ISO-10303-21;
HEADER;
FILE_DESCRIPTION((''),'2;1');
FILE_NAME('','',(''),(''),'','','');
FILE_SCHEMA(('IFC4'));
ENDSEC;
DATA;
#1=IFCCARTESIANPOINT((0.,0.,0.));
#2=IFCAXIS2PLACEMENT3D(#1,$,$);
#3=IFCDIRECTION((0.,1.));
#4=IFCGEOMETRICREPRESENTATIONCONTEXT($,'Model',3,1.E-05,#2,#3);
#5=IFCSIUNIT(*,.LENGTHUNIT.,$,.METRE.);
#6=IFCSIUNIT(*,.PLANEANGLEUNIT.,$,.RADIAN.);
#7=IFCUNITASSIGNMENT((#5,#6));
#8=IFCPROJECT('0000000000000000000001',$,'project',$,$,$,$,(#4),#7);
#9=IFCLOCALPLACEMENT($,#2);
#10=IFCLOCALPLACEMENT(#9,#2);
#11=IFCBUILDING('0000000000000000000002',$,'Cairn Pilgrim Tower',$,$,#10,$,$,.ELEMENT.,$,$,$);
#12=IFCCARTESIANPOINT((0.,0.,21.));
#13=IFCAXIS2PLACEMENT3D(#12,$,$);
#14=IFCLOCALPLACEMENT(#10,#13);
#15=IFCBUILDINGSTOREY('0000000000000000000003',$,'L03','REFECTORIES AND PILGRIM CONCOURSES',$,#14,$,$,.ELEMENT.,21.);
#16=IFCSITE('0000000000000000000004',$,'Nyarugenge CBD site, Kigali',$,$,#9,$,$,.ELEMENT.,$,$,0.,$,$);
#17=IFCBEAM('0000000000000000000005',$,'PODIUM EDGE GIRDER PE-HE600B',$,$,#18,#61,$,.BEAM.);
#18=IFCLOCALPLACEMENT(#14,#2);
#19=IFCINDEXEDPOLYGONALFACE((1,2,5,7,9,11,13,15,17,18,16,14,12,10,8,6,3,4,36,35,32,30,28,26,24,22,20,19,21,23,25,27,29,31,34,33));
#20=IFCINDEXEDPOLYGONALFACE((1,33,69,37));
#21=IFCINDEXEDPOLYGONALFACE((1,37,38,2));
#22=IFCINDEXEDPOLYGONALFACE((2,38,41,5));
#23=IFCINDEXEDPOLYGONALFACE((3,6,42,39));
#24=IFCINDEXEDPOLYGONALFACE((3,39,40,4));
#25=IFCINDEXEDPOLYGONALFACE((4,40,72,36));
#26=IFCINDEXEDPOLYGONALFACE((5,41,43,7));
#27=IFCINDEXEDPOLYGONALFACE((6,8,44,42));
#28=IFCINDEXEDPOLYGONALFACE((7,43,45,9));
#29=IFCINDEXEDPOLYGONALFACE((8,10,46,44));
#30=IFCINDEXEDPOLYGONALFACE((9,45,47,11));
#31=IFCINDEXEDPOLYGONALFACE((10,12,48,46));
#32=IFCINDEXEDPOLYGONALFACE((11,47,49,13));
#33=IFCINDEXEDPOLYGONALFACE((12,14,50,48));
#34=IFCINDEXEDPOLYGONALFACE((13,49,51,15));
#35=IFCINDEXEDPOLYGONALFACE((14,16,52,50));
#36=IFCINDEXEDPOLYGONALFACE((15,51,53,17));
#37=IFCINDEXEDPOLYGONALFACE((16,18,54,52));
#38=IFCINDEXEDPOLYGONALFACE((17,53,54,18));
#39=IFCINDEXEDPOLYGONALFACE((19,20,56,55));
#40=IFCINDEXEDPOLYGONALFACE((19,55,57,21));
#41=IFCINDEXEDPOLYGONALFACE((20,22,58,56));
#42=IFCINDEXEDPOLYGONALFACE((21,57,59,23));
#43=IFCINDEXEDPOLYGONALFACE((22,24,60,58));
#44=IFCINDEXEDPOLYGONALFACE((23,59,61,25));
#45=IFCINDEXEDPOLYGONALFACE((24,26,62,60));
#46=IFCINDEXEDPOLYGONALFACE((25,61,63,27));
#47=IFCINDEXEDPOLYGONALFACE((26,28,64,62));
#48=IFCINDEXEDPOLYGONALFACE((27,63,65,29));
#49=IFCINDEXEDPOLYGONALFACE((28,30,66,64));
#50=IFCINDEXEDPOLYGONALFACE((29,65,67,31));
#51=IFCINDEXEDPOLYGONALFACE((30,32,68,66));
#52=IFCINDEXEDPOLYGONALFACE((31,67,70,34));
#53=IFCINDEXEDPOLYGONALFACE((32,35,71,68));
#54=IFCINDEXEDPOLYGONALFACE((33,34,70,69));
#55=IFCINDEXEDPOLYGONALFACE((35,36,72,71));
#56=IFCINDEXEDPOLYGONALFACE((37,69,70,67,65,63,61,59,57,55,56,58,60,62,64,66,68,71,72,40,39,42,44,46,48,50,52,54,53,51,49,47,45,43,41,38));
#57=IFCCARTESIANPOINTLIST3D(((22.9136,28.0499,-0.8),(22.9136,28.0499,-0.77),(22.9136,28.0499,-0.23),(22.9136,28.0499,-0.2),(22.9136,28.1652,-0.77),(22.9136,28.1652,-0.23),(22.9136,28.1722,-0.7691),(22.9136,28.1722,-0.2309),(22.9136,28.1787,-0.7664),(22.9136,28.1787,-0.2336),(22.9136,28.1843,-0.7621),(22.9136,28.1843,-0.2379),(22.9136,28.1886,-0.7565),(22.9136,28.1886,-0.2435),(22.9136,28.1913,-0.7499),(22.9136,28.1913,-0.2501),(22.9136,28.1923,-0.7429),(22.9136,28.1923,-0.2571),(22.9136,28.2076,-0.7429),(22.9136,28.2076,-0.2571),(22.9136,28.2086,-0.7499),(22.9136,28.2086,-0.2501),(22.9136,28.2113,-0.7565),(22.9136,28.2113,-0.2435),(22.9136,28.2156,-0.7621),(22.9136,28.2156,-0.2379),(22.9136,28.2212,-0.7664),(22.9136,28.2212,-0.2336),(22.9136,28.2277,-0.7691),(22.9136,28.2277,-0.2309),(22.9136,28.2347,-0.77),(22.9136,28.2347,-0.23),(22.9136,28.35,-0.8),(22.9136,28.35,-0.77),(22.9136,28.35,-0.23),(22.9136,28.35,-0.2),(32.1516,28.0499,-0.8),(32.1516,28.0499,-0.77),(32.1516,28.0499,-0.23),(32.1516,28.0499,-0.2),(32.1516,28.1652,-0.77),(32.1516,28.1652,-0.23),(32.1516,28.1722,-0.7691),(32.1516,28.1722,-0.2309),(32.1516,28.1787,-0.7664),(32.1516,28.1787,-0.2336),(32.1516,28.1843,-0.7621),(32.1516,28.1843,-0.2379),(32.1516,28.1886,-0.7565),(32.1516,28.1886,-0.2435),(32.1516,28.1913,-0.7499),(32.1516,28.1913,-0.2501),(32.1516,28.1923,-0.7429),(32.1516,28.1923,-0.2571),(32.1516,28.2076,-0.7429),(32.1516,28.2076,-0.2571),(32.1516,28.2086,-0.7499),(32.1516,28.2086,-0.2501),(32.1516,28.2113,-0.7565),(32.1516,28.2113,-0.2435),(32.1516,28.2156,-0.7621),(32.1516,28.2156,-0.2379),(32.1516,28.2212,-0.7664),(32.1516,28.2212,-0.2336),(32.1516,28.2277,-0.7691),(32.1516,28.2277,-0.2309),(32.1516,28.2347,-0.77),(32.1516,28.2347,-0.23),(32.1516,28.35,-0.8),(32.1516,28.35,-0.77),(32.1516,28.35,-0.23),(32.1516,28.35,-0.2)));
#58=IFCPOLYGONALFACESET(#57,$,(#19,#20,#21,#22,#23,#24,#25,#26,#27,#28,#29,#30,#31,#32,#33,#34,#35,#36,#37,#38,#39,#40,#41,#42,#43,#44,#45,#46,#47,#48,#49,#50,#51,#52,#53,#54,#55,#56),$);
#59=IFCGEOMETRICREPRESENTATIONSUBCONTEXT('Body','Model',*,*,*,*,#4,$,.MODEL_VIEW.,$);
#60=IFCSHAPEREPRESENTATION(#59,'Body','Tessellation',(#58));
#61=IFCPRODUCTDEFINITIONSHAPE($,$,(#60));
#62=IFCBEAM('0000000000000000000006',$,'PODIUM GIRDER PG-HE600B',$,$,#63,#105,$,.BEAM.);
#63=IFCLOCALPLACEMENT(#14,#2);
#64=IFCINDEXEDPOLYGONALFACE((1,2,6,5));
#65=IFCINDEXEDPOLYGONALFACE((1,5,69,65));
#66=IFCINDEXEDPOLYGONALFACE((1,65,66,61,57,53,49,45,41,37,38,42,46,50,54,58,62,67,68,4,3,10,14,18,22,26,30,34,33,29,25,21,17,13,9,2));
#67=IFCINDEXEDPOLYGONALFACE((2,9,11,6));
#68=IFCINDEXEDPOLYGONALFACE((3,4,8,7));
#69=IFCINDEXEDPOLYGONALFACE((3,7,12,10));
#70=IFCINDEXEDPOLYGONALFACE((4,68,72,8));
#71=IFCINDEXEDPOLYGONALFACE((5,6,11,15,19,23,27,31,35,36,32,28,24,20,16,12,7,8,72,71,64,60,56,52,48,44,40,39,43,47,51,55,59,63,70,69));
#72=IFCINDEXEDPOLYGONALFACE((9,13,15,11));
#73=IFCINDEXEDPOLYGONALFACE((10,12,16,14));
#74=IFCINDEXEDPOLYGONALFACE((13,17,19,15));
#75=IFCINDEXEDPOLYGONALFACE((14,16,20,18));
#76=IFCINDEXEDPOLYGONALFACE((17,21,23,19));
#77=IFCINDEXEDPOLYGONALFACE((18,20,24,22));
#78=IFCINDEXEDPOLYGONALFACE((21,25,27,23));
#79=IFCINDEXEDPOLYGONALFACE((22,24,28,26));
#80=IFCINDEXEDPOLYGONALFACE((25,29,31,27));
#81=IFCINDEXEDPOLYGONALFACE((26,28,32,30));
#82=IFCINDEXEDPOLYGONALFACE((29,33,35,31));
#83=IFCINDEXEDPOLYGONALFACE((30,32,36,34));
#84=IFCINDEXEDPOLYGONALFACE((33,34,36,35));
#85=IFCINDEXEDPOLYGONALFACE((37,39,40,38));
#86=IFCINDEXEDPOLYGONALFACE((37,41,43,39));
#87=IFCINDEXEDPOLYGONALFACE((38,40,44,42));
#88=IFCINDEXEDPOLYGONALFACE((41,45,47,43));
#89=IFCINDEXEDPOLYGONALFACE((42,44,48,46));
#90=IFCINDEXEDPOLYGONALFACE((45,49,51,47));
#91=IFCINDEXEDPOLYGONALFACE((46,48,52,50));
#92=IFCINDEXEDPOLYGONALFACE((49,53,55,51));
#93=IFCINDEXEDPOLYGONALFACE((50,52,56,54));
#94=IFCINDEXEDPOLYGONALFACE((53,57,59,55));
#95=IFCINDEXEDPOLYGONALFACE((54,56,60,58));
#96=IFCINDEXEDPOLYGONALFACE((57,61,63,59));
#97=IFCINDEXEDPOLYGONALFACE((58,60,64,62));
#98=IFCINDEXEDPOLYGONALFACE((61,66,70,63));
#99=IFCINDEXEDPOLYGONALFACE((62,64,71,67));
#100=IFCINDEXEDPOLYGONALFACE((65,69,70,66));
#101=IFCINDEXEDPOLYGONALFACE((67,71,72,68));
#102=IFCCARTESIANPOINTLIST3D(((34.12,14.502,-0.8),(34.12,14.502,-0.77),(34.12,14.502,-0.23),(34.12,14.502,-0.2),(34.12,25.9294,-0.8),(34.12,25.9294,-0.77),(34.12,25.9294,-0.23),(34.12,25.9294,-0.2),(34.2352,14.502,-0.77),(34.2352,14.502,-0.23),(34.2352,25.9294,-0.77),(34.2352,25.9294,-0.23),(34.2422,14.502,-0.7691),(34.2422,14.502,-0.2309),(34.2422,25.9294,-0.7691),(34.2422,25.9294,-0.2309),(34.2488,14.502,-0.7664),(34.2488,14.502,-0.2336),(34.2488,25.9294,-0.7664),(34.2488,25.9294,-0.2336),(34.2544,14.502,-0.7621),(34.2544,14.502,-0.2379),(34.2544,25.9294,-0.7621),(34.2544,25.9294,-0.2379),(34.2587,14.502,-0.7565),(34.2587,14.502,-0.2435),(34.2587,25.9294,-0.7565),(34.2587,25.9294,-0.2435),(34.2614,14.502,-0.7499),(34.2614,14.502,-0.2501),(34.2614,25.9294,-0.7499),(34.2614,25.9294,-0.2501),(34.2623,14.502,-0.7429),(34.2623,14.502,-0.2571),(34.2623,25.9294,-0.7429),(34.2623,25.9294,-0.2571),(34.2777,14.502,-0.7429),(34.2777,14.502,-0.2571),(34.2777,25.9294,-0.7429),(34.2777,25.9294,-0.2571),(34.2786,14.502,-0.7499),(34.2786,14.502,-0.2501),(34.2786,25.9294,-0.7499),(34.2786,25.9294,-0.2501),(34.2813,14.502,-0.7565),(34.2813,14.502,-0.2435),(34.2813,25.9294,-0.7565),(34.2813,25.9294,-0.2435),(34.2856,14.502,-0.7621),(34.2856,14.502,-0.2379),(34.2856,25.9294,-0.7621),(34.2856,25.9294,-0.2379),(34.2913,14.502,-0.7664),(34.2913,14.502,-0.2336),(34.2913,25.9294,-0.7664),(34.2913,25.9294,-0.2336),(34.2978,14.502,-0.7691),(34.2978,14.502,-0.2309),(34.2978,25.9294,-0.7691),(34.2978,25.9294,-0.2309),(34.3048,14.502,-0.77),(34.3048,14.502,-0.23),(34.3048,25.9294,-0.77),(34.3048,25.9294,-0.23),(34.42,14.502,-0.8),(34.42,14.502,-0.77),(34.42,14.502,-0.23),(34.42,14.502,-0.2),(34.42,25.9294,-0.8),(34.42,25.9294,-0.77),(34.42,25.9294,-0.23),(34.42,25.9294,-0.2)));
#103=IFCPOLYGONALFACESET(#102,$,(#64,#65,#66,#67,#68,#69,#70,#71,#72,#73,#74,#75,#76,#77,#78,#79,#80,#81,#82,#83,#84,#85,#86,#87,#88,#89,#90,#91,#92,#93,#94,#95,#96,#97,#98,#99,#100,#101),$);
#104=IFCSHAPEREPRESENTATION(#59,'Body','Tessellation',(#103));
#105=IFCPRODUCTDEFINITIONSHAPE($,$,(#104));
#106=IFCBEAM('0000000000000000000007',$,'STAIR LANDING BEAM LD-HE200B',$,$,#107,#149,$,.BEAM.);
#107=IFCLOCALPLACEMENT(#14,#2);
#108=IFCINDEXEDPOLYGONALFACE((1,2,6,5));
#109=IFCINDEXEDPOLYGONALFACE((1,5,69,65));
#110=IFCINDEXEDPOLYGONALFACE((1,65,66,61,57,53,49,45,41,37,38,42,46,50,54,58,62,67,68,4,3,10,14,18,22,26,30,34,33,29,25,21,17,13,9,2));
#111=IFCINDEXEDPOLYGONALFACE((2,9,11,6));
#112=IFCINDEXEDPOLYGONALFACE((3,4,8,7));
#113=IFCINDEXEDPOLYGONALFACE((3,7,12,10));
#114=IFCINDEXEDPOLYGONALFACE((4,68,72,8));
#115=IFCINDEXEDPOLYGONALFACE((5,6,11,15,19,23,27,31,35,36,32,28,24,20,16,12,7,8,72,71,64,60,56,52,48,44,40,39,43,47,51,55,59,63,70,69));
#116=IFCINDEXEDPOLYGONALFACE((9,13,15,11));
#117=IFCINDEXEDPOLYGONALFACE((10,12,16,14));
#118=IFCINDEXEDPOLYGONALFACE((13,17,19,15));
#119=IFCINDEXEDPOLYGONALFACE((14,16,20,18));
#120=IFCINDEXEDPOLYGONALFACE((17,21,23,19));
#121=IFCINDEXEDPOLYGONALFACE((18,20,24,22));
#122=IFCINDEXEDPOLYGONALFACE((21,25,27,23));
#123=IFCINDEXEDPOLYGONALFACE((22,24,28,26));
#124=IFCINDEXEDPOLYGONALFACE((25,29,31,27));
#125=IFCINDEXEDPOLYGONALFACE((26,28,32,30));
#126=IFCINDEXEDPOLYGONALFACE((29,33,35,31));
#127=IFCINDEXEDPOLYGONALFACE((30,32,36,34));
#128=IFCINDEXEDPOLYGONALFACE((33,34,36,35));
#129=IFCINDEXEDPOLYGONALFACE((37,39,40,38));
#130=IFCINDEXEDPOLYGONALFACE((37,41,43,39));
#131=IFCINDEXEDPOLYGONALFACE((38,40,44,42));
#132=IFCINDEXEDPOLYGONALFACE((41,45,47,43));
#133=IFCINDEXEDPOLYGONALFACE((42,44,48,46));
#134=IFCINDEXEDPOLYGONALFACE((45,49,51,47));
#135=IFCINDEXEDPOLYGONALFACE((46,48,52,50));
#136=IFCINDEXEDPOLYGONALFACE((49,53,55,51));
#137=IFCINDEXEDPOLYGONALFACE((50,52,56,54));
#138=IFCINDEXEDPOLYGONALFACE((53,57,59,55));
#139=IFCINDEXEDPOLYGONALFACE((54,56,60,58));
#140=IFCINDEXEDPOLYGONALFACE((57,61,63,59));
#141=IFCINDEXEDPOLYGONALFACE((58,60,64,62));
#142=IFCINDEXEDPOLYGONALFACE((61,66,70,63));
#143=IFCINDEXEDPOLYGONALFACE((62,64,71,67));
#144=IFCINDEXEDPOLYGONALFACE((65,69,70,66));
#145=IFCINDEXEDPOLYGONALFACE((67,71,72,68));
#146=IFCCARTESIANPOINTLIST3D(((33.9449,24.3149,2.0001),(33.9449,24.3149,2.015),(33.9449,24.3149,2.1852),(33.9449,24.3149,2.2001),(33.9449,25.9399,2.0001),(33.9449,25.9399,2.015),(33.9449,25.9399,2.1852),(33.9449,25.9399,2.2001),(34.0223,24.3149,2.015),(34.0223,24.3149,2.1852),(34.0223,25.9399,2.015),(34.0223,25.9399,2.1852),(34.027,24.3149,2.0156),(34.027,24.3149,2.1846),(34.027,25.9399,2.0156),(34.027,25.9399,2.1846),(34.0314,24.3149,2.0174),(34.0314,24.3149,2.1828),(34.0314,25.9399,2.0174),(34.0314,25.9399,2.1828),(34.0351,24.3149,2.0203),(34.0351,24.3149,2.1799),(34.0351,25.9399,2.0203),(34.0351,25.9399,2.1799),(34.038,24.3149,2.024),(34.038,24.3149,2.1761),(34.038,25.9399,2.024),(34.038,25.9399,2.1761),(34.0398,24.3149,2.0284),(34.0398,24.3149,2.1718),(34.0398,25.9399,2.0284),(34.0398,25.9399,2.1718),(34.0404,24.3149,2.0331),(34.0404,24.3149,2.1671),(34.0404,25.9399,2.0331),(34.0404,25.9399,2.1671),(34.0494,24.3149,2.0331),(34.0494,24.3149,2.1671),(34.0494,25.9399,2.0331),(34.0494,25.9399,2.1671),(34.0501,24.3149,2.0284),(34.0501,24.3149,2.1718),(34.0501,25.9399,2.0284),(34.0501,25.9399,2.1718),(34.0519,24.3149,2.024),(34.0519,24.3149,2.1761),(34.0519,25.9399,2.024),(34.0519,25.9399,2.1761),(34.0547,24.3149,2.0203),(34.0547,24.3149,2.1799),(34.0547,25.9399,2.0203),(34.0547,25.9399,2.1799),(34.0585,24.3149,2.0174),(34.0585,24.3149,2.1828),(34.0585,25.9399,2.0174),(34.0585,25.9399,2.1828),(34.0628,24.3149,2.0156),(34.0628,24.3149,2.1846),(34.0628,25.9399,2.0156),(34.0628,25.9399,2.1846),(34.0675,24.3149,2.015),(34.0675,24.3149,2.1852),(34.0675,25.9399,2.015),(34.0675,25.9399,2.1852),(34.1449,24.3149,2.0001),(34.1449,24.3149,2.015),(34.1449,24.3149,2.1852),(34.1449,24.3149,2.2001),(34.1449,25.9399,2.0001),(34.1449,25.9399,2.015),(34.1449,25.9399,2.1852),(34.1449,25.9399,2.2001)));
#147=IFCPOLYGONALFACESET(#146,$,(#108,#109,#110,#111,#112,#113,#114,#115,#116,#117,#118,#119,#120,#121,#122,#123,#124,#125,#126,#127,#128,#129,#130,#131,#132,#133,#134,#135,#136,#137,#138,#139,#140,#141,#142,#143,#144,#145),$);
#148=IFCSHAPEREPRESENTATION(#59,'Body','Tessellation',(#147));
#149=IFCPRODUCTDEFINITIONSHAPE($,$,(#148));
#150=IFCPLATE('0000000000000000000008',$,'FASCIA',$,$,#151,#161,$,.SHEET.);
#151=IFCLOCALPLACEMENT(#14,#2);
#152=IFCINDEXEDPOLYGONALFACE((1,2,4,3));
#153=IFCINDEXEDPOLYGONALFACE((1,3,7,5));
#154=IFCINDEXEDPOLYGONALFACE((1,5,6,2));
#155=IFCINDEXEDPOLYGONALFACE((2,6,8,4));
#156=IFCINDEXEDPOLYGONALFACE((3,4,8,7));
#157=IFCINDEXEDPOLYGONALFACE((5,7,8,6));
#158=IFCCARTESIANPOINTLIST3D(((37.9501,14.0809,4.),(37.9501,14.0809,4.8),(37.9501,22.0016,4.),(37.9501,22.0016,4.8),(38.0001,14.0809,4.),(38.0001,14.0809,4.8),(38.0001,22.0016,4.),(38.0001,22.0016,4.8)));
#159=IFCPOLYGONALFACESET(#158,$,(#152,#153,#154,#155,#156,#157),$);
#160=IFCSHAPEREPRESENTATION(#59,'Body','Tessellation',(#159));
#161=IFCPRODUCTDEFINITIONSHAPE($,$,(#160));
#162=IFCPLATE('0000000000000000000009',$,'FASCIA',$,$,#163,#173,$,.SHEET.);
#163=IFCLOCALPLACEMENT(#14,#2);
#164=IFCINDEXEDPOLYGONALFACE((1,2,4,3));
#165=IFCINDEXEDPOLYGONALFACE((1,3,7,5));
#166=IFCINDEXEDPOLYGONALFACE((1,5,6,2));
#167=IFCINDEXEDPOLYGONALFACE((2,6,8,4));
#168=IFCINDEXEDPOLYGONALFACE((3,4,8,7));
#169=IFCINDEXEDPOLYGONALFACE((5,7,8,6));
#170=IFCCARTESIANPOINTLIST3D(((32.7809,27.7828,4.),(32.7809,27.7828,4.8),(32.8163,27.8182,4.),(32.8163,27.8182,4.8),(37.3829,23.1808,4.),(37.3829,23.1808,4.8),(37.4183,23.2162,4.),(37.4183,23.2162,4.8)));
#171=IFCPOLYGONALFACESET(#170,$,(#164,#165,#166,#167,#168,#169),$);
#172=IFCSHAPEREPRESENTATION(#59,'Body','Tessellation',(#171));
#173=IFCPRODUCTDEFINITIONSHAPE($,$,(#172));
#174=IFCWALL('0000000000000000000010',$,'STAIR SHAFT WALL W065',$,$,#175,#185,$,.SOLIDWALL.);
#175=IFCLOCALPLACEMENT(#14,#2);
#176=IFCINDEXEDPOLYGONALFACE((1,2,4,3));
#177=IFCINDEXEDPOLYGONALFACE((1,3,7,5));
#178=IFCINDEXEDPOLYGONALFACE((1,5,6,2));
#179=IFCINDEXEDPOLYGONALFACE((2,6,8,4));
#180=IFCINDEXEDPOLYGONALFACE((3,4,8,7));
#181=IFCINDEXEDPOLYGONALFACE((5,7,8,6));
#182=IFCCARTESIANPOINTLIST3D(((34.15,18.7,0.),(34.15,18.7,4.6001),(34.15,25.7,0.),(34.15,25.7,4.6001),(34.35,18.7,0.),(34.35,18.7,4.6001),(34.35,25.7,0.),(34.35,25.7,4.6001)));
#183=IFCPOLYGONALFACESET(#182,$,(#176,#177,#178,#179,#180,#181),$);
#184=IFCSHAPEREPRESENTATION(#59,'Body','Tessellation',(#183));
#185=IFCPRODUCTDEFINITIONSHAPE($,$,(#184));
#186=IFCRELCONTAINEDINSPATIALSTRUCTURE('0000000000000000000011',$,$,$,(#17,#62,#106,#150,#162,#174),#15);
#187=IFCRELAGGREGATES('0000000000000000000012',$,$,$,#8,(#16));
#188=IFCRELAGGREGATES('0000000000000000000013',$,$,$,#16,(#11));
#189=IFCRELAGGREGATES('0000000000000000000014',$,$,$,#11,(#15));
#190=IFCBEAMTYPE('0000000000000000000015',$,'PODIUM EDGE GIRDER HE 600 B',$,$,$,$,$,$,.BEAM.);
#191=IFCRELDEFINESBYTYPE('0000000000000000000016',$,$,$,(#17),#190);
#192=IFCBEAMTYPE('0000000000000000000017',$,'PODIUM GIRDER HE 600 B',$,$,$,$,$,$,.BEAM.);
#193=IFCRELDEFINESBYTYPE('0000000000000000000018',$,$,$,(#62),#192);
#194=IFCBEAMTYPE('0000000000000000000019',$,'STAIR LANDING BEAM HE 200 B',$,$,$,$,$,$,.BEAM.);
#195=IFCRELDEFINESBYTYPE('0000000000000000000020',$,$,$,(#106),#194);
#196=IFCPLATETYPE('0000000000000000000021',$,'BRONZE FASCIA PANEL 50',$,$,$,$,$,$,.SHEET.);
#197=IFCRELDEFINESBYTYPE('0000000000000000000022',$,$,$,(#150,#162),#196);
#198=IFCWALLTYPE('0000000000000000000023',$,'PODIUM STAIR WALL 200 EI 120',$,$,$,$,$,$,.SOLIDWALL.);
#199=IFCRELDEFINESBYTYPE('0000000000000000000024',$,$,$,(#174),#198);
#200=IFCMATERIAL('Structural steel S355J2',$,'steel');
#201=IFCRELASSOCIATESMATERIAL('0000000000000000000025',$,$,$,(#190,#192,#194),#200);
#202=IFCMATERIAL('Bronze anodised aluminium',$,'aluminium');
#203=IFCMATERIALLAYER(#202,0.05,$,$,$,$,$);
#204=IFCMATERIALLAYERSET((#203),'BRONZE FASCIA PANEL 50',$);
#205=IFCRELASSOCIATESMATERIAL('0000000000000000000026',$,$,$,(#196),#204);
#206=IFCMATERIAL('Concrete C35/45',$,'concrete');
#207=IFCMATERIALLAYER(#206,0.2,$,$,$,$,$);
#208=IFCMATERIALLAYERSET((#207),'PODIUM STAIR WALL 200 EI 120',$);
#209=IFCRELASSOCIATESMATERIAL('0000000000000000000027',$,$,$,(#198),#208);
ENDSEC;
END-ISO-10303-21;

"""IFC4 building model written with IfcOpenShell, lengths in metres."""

from ifc_helpers import new_model, si_unit, direction, frame, frame_2d, origin, origin_2d, place, context, subcontext, project, spatial, rectangle, i_section, extrude, material, layer, layer_set, material_profile, profile_set, type_object, element, save


model = new_model("IFC4")

# Units and contexts
model_context = context("Model", 3, precision=1e-05, world=origin(), true_north=direction((0.0, 1.0)))
body_context = subcontext(model_context, "Body", "Model", "MODEL_VIEW")
ifc_project = project(units=[si_unit("LENGTHUNIT", "METRE"), si_unit("PLANEANGLEUNIT", "RADIAN")], contexts=[model_context])

# Site, building, storey
site_placement = place(None, origin())
site = spatial("IfcSite", under=ifc_project, at=site_placement, Name="Nyarugenge CBD site, Kigali", CompositionType="ELEMENT", RefElevation=0.0)
building_placement = place(site_placement, origin())
building = spatial("IfcBuilding", under=site, at=building_placement, Name="Cairn Pilgrim Tower", CompositionType="ELEMENT")
storey_placement = place(building_placement, frame((0.0, 0.0, 21.0)))
storey = spatial("IfcBuildingStorey", under=building, at=storey_placement, Name="L03", Description="REFECTORIES AND PILGRIM CONCOURSES", CompositionType="ELEMENT", Elevation=21.0)

# Shared definitions
ifc_material_1 = material(Name="Structural steel S355J2", Category="steel")

# Beams
ifc_material_profile_1 = material_profile(ifc_material_1, i_section(OverallWidth=0.3, OverallDepth=0.6001, WebThickness=0.0154, FlangeThickness=0.03, FilletRadius=0.0271, at=origin_2d()), Name="HEB 600")
ifc_profile_set_1 = profile_set([ifc_material_profile_1], Name="Structural steel S355J2")
beam_type_1 = type_object("IfcBeamType", Name="PODIUM EDGE GIRDER HE 600 B", PredefinedType="BEAM", material=ifc_profile_set_1)
beam_1_placement = place(storey_placement, frame((32.1516, 28.2, -0.5), z_axis=(-1.0, 0.0, 0.0), x_axis=(0.0, -1.0, 0.0)))
element("IfcBeam", 1, at=beam_1_placement, inside=storey, type_object=beam_type_1, Name="PODIUM EDGE GIRDER PE-HE600B", PredefinedType="BEAM", context=body_context, shape_type="SweptSolid", body=[
    extrude(i_section(OverallWidth=0.3, OverallDepth=0.6001, WebThickness=0.0154, FlangeThickness=0.03, FilletRadius=0.0271, at=origin_2d()), origin(), (0.0, 0.0, 1.0), 9.238),
])
ifc_material_profile_2 = material_profile(ifc_material_1, i_section(OverallWidth=0.3, OverallDepth=0.6001, WebThickness=0.0154, FlangeThickness=0.03, FilletRadius=0.0271, at=origin_2d()), Name="HEB 600")
ifc_profile_set_2 = profile_set([ifc_material_profile_2], Name="Structural steel S355J2")
beam_type_2 = type_object("IfcBeamType", Name="PODIUM GIRDER HE 600 B", PredefinedType="BEAM", material=ifc_profile_set_2)
beam_2_placement = place(storey_placement, frame((34.27, 14.502, -0.5), z_axis=(0.0, 1.0, 0.0), x_axis=(-1.0, 0.0, 0.0)))
element("IfcBeam", 2, at=beam_2_placement, inside=storey, type_object=beam_type_2, Name="PODIUM GIRDER PG-HE600B", PredefinedType="BEAM", context=body_context, shape_type="SweptSolid", body=[
    extrude(i_section(OverallWidth=0.3, OverallDepth=0.6001, WebThickness=0.0154, FlangeThickness=0.03, FilletRadius=0.0271, at=origin_2d()), origin(), (0.0, 0.0, 1.0), 11.4275),
])
ifc_material_profile_3 = material_profile(ifc_material_1, i_section(OverallWidth=0.2, OverallDepth=0.2, WebThickness=0.009, FlangeThickness=0.0149, FilletRadius=0.0181, at=origin_2d()), Name="HE 200 B")
ifc_profile_set_3 = profile_set([ifc_material_profile_3], Name="Structural steel S355J2")
beam_type_3 = type_object("IfcBeamType", Name="STAIR LANDING BEAM HE 200 B", PredefinedType="BEAM", material=ifc_profile_set_3)
beam_3_placement = place(storey_placement, frame((34.0449, 25.9399, 2.1001), z_axis=(0.0, -1.0, 0.0), x_axis=(1.0, 0.0, 0.0)))
element("IfcBeam", 3, at=beam_3_placement, inside=storey, type_object=beam_type_3, Name="STAIR LANDING BEAM LD-HE200B", PredefinedType="BEAM", context=body_context, shape_type="SweptSolid", body=[
    extrude(i_section(OverallWidth=0.2, OverallDepth=0.2, WebThickness=0.009, FlangeThickness=0.0149, FilletRadius=0.0181, at=origin_2d()), origin(), (0.0, 0.0, 1.0), 1.625),
])

# Plates
ifc_material_2 = material(Name="Bronze anodised aluminium", Category="aluminium")
ifc_layer_1 = layer(ifc_material_2, 0.05)
ifc_layer_set_1 = layer_set([ifc_layer_1], Name="BRONZE FASCIA PANEL 50")
plate_type = type_object("IfcPlateType", Name="BRONZE FASCIA PANEL 50", PredefinedType="SHEET", material=ifc_layer_set_1)
plate_1_placement = place(storey_placement, frame((37.9751, 18.0413, 4.0), z_axis=(0.0, 0.0, 1.0), x_axis=(0.0, 1.0, 0.0)))
element("IfcPlate", 4, at=plate_1_placement, inside=storey, type_object=plate_type, Name="FASCIA", PredefinedType="SHEET", context=body_context, shape_type="SweptSolid", body=[
    extrude(rectangle(XDim=7.9207, YDim=0.05, at=origin_2d()), origin(), (0.0, 0.0, 1.0), 0.8),
])
plate_2_placement = place(storey_placement, frame((35.0996, 25.4995, 4.0), z_axis=(0.0, 0.0, 1.0), x_axis=(-0.707107, 0.707107, 0.0)))
element("IfcPlate", 5, at=plate_2_placement, inside=storey, type_object=plate_type, Name="FASCIA", PredefinedType="SHEET", context=body_context, shape_type="SweptSolid", body=[
    extrude(rectangle(XDim=6.5083, YDim=0.05, at=origin_2d()), origin(), (0.0, 0.0, 1.0), 0.8),
])

# Wall
ifc_material_3 = material(Name="Concrete C35/45", Category="concrete")
ifc_layer_2 = layer(ifc_material_3, 0.2)
ifc_layer_set_2 = layer_set([ifc_layer_2], Name="PODIUM STAIR WALL 200 EI 120")
wall_type_1 = type_object("IfcWallType", Name="PODIUM STAIR WALL 200 EI 120", PredefinedType="SOLIDWALL", material=ifc_layer_set_2)
wall_1_placement = place(storey_placement, frame((34.25, 18.7, 0.0), z_axis=(0.0, 0.0, 1.0), x_axis=(0.0, 1.0, 0.0)))
element("IfcWall", 6, at=wall_1_placement, inside=storey, type_object=wall_type_1, Name="STAIR SHAFT WALL W065", PredefinedType="SOLIDWALL", context=body_context, shape_type="SweptSolid", body=[
    extrude(rectangle(XDim=7.0, YDim=0.2, at=frame_2d((3.5, 0.0))), origin(), (0.0, 0.0, 1.0), 4.6001),
])

save(model, "model.ifc")
